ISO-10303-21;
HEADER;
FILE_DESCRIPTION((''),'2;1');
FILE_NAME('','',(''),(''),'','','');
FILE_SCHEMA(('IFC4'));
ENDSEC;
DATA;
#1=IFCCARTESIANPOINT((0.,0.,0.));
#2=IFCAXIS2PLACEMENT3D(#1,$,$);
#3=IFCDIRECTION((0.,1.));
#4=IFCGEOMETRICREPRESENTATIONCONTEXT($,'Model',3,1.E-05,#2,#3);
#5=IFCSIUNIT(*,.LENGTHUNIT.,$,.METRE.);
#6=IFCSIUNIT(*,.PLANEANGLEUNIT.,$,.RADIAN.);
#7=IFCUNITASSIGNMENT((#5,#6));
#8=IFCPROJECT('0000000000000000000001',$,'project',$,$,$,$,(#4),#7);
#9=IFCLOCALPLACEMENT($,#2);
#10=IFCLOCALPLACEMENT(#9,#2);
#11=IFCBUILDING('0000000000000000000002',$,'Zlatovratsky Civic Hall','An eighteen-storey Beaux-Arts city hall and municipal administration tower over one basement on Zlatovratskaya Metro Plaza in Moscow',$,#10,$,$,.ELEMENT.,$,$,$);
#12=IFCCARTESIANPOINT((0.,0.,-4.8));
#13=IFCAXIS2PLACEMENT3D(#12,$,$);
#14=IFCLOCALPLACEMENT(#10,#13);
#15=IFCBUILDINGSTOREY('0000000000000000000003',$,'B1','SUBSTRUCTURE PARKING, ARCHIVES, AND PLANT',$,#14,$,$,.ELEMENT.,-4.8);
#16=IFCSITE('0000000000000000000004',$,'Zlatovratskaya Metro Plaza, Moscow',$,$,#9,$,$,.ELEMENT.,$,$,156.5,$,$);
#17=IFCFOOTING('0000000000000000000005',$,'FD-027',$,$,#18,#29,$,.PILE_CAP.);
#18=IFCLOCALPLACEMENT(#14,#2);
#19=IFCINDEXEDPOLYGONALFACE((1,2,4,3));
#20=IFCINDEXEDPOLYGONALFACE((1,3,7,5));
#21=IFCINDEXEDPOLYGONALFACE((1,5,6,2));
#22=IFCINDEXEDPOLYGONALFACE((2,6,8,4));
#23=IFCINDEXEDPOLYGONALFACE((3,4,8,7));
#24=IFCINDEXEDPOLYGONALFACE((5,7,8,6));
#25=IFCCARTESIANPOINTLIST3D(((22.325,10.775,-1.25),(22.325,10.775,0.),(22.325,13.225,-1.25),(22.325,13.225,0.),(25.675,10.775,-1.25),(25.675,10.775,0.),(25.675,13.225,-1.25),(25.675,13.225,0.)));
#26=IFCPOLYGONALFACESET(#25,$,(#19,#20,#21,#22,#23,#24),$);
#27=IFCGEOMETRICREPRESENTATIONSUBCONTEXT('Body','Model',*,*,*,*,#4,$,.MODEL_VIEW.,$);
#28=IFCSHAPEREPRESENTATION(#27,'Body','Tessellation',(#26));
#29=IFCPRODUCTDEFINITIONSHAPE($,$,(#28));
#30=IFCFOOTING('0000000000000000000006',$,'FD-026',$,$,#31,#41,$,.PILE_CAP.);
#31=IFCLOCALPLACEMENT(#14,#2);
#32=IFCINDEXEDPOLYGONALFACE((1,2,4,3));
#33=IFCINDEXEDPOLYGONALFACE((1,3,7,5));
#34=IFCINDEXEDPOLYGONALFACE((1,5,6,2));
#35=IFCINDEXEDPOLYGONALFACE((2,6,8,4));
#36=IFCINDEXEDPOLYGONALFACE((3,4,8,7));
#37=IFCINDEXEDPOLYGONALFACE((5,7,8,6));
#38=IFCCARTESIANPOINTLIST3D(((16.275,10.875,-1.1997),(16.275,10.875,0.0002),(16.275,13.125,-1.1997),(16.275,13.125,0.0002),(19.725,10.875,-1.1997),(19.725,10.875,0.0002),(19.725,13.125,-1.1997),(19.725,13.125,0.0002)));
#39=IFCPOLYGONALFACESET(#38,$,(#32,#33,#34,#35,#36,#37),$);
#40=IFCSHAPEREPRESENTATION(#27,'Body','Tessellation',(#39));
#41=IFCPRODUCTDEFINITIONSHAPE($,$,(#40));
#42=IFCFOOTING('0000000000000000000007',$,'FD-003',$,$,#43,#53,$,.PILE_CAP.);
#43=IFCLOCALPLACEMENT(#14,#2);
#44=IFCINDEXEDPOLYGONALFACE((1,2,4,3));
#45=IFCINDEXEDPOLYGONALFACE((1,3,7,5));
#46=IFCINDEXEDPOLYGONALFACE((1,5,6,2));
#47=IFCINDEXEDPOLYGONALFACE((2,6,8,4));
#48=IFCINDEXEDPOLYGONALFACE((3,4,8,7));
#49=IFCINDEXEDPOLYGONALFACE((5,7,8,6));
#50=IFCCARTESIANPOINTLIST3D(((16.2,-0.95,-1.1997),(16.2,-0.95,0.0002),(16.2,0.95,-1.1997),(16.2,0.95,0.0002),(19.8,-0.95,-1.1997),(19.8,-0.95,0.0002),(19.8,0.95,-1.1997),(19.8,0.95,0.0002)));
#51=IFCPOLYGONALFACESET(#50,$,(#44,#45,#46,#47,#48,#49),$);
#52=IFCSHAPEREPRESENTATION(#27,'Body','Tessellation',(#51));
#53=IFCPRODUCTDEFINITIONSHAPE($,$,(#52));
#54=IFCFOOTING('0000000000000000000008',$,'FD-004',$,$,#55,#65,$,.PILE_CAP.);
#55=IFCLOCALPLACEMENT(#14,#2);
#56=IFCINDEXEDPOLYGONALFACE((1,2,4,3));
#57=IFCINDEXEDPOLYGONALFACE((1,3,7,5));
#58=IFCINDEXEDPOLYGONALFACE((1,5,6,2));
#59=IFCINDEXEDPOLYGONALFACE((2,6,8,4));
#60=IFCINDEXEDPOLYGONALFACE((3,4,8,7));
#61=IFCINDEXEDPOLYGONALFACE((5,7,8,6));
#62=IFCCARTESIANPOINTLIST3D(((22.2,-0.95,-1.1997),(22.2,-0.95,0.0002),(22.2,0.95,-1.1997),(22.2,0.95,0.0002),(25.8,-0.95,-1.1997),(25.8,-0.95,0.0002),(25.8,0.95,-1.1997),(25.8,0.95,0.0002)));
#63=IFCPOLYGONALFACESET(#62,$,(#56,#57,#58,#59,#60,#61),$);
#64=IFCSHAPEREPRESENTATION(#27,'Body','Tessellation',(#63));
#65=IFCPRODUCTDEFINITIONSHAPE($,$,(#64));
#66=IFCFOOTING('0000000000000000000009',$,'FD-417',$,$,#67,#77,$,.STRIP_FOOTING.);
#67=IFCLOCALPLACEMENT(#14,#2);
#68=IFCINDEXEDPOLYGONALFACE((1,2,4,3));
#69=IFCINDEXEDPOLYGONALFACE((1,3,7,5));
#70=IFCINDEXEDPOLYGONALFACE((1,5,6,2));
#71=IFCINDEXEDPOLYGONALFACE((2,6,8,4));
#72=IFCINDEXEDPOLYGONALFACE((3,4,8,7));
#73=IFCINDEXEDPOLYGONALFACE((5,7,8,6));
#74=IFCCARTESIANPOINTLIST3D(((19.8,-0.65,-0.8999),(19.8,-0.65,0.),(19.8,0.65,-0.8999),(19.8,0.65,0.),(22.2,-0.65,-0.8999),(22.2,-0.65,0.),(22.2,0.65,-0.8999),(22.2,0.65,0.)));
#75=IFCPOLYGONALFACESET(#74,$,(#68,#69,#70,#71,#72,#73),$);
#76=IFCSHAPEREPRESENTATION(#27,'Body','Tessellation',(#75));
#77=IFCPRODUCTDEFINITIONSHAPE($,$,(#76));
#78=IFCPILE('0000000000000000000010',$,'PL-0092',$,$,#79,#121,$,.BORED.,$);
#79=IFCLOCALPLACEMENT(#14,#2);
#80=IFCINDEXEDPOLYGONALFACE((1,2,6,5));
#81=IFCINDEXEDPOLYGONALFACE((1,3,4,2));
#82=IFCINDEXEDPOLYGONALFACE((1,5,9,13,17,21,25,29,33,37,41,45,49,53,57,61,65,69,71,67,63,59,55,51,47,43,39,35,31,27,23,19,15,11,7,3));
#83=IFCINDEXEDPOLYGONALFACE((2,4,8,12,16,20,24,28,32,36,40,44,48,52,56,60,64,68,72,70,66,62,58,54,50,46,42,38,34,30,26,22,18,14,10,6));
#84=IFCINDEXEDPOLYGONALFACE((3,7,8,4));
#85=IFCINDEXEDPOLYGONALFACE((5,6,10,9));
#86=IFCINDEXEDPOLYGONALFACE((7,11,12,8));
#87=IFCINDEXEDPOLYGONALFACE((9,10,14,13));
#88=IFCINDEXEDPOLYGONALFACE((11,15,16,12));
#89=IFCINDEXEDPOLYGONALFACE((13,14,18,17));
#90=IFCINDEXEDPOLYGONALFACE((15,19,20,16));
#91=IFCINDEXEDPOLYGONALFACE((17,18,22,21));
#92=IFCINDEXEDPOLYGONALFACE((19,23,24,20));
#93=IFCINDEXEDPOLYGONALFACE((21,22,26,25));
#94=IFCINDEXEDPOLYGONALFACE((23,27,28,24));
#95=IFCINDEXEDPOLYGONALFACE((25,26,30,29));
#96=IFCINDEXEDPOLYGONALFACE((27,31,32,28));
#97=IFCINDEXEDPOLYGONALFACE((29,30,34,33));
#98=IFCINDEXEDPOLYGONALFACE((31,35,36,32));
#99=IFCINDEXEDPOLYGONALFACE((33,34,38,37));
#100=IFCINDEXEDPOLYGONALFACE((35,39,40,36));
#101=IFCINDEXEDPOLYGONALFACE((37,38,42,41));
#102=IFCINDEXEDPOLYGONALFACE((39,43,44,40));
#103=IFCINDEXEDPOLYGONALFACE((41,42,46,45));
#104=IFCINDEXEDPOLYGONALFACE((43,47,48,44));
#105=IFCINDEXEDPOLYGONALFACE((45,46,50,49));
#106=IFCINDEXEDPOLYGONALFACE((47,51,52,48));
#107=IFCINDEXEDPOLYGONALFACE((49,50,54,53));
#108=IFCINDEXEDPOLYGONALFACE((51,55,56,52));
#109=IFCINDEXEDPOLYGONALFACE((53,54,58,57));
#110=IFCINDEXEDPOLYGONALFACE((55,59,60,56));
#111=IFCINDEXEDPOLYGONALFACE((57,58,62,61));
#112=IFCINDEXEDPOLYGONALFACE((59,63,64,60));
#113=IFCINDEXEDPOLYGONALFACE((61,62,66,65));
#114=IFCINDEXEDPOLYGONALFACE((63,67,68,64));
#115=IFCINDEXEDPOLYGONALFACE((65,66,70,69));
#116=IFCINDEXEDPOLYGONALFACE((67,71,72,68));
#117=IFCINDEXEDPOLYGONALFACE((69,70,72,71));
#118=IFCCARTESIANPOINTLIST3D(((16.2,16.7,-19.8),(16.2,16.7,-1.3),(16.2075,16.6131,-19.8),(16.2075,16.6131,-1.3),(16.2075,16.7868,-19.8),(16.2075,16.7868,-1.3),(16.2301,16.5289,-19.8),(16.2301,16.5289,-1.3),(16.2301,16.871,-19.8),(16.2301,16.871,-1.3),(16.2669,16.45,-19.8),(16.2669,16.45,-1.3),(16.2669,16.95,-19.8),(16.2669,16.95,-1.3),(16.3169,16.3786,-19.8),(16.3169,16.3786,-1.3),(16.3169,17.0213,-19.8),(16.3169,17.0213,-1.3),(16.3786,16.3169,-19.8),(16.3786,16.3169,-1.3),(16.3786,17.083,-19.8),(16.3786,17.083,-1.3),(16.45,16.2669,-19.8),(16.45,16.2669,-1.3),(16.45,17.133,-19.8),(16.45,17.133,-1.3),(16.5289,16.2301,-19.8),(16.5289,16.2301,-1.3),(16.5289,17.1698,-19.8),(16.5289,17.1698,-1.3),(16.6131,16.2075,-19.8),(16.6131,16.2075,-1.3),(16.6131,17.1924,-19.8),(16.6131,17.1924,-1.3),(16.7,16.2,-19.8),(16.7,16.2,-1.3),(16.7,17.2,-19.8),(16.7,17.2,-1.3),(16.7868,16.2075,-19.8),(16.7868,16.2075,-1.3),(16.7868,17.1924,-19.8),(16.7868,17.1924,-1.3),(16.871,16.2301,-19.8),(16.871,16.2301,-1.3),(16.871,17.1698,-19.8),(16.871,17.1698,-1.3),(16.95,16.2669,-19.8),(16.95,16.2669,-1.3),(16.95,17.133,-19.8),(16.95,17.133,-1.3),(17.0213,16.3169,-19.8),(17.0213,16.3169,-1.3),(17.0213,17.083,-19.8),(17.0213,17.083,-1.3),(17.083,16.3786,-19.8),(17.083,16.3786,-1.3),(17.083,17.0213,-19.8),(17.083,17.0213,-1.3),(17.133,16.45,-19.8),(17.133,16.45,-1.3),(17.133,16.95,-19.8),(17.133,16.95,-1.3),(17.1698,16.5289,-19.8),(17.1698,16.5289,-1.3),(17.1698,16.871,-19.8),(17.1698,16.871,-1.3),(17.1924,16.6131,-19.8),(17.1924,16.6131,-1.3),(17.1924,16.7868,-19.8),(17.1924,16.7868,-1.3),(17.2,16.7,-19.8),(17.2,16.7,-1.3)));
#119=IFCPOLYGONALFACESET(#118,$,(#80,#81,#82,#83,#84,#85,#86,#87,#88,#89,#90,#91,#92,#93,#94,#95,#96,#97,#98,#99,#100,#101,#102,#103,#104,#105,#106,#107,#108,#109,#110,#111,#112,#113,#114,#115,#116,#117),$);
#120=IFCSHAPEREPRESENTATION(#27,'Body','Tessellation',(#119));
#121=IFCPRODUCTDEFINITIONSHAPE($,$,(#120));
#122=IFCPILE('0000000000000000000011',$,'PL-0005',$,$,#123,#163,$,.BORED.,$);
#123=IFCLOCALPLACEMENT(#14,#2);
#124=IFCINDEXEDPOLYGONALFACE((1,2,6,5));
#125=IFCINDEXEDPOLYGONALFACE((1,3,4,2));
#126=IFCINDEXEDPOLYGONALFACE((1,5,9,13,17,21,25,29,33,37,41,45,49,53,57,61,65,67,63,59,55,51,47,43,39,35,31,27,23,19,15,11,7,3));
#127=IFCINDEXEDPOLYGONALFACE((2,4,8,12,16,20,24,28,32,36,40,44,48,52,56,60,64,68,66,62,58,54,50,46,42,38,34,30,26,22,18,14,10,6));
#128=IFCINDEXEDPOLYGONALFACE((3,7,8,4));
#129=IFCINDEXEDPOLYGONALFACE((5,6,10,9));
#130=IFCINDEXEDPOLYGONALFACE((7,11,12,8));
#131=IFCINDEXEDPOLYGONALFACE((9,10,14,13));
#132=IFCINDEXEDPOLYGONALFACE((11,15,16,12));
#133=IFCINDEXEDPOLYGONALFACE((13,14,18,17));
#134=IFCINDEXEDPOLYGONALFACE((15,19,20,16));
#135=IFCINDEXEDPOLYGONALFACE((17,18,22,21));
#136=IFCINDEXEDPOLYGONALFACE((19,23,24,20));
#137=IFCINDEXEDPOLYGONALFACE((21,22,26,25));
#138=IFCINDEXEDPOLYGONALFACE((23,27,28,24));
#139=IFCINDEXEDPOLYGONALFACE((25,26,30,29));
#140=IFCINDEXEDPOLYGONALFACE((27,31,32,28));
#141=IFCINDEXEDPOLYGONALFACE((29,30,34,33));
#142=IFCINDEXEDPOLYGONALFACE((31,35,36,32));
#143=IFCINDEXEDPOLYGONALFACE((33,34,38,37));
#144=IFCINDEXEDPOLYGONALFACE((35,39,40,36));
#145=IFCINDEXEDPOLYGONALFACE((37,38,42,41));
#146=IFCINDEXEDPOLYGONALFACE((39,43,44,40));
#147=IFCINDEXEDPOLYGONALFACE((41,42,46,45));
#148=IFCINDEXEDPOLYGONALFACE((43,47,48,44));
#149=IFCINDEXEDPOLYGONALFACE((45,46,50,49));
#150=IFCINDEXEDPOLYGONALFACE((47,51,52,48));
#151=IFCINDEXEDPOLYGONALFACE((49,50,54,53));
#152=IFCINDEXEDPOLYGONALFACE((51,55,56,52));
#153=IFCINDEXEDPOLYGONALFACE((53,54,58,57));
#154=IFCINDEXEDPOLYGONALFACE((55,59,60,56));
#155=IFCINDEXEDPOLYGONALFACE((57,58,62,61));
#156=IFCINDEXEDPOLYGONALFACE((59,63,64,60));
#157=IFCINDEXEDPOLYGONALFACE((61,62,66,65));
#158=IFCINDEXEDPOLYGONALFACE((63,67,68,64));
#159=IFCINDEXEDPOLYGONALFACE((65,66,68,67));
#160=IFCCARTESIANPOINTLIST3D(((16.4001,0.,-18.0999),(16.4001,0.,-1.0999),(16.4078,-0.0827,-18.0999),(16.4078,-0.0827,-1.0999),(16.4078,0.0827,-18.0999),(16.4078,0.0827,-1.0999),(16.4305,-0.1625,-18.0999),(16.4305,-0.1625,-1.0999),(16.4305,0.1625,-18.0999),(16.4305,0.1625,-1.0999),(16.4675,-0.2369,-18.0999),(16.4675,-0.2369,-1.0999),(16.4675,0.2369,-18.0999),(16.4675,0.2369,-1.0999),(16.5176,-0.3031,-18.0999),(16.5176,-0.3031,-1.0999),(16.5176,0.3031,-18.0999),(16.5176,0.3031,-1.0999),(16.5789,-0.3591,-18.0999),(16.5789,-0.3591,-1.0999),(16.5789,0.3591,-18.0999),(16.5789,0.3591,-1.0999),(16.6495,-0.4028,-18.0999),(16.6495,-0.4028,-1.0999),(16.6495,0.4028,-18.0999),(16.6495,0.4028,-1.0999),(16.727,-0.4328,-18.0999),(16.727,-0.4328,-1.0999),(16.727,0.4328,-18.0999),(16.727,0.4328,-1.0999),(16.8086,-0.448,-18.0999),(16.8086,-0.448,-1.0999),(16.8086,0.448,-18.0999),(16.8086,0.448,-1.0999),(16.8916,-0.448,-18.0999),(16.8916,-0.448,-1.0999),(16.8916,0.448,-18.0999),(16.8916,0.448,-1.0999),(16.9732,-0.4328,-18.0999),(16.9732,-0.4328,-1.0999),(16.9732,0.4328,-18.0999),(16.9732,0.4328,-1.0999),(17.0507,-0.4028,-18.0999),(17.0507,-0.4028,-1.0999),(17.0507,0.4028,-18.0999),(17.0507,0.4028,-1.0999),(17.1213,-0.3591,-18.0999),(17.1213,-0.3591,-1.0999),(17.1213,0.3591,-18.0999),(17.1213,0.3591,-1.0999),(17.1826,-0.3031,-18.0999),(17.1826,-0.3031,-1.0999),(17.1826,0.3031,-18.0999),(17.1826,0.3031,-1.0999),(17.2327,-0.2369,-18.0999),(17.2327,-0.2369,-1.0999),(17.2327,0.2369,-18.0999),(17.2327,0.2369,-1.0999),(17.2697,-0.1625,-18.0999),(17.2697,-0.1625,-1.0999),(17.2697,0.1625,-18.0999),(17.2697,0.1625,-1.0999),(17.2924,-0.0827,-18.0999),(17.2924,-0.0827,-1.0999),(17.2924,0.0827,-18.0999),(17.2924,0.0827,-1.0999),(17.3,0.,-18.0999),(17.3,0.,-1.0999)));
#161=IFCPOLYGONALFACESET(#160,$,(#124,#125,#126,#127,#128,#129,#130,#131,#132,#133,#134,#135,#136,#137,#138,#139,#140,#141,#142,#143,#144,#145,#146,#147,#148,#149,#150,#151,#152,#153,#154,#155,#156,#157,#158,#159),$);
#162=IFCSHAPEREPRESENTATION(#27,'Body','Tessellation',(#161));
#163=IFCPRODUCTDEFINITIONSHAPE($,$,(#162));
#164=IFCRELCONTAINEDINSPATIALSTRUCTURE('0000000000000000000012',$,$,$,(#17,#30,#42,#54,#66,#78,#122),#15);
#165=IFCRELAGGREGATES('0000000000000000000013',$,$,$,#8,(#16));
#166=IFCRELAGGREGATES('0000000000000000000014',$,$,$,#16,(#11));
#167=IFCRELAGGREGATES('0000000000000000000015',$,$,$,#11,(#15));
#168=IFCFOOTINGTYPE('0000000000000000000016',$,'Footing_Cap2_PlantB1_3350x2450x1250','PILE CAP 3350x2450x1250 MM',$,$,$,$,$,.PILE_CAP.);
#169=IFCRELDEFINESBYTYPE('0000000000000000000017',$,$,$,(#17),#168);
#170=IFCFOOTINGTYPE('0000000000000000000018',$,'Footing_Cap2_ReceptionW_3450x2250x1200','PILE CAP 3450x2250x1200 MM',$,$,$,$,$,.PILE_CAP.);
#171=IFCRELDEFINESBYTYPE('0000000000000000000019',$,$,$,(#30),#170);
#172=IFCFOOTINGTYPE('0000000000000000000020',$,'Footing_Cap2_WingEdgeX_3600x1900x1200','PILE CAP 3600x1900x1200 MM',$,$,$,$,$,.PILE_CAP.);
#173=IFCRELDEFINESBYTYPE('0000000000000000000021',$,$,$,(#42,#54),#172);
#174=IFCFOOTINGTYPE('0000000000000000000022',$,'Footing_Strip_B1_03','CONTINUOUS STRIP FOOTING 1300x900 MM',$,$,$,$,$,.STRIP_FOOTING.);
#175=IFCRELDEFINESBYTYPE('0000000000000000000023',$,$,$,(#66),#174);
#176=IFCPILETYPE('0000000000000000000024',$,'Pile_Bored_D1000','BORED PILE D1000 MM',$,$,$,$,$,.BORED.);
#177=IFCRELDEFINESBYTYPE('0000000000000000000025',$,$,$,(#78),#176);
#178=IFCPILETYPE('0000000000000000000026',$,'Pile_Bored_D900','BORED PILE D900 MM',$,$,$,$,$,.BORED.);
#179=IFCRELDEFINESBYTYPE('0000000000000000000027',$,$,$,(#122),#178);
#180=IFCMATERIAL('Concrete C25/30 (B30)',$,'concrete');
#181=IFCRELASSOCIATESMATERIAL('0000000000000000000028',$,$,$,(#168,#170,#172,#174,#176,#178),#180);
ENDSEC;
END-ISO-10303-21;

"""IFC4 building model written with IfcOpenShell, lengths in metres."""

from ifc_helpers import new_model, si_unit, direction, frame, origin, origin_2d, place, context, subcontext, project, spatial, rectangle, circle, extrude, material, material_profile, profile_set, type_object, element, save


model = new_model("IFC4")

# Units and contexts
model_context = context("Model", 3, precision=1e-05, world=origin(), true_north=direction((0.0, 1.0)))
body_context = subcontext(model_context, "Body", "Model", "MODEL_VIEW")
ifc_project = project(units=[si_unit("LENGTHUNIT", "METRE"), si_unit("PLANEANGLEUNIT", "RADIAN")], contexts=[model_context])

# Site, building, storey
site_placement = place(None, origin())
site = spatial("IfcSite", under=ifc_project, at=site_placement, Name="Zlatovratskaya Metro Plaza, Moscow", CompositionType="ELEMENT", RefElevation=156.5)
building_placement = place(site_placement, origin())
building = spatial("IfcBuilding", under=site, at=building_placement, Name="Zlatovratsky Civic Hall", Description="An eighteen-storey Beaux-Arts city hall and municipal administration tower over one basement on Zlatovratskaya Metro Plaza in Moscow", CompositionType="ELEMENT")
storey_placement = place(building_placement, frame((0.0, 0.0, -4.8)))
storey = spatial("IfcBuildingStorey", under=building, at=storey_placement, Name="B1", Description="SUBSTRUCTURE PARKING, ARCHIVES, AND PLANT", CompositionType="ELEMENT", Elevation=-4.8)

# Footings
ifc_material_1 = material(Name="Concrete C25/30 (B30)", Category="concrete")
footing_type_1 = type_object("IfcFootingType", Name="Footing_Cap2_PlantB1_3350x2450x1250", Description="PILE CAP 3350x2450x1250 MM", PredefinedType="PILE_CAP", material=ifc_material_1)
footing_1_placement = place(storey_placement, frame((24.0, 12.0, -1.25), z_axis=(0.0, 0.0, 1.0), x_axis=(1.0, 0.0, 0.0)))
element("IfcFooting", 1, at=footing_1_placement, inside=storey, type_object=footing_type_1, Name="FD-027", PredefinedType="PILE_CAP", context=body_context, shape_type="SweptSolid", body=[
    extrude(rectangle(XDim=3.3501, YDim=2.45, at=origin_2d()), origin(), (0.0, 0.0, 1.0), 1.25),
])
footing_type_2 = type_object("IfcFootingType", Name="Footing_Cap2_ReceptionW_3450x2250x1200", Description="PILE CAP 3450x2250x1200 MM", PredefinedType="PILE_CAP", material=ifc_material_1)
footing_2_placement = place(storey_placement, frame((18.0, 12.0, -1.1997), z_axis=(0.0, 0.0, 1.0), x_axis=(1.0, 0.0, 0.0)))
element("IfcFooting", 2, at=footing_2_placement, inside=storey, type_object=footing_type_2, Name="FD-026", PredefinedType="PILE_CAP", context=body_context, shape_type="SweptSolid", body=[
    extrude(rectangle(XDim=3.45, YDim=2.25, at=origin_2d()), origin(), (0.0, 0.0, 1.0), 1.2),
])
footing_type_3 = type_object("IfcFootingType", Name="Footing_Cap2_WingEdgeX_3600x1900x1200", Description="PILE CAP 3600x1900x1200 MM", PredefinedType="PILE_CAP", material=ifc_material_1)
for number, where, z_axis, x_axis, name in (
    (3, (18.0, 0.0, -1.1997), (0.0, 0.0, 1.0), (1.0, 0.0, 0.0), "FD-003"),
    (4, (24.0, 0.0, -1.1997), (0.0, 0.0, 1.0), (1.0, 0.0, 0.0), "FD-004"),
):
    element("IfcFooting", number, at=place(storey_placement, frame(where, z_axis=z_axis, x_axis=x_axis)), inside=storey, type_object=footing_type_3, Name=name, PredefinedType="PILE_CAP", context=body_context, shape_type="SweptSolid", body=[
        extrude(rectangle(XDim=3.6001, YDim=1.8999, at=origin_2d()), origin(), (0.0, 0.0, 1.0), 1.2),
    ])
footing_type_4 = type_object("IfcFootingType", Name="Footing_Strip_B1_03", Description="CONTINUOUS STRIP FOOTING 1300x900 MM", PredefinedType="STRIP_FOOTING", material=ifc_material_1)
footing_3_placement = place(storey_placement, frame((21.0, 0.0, -0.8999), z_axis=(0.0, 0.0, 1.0), x_axis=(1.0, 0.0, 0.0)))
element("IfcFooting", 5, at=footing_3_placement, inside=storey, type_object=footing_type_4, Name="FD-417", PredefinedType="STRIP_FOOTING", context=body_context, shape_type="SweptSolid", body=[
    extrude(rectangle(XDim=2.3999, YDim=1.3, at=origin_2d()), origin(), (0.0, 0.0, 1.0), 0.8999),
])

# Piles
ifc_material_profile_1 = material_profile(ifc_material_1, circle(Radius=0.5, at=origin_2d()), Name="PILE D1000")
ifc_profile_set_1 = profile_set([ifc_material_profile_1], Name="Concrete C25/30 (B30)")
pile_type_1 = type_object("IfcPileType", Name="Pile_Bored_D1000", Description="BORED PILE D1000 MM", PredefinedType="BORED", material=ifc_profile_set_1)
pile_placement = place(storey_placement, frame((16.7, 16.7, -1.3), z_axis=(0.0, 0.0, -1.0), x_axis=(1.0, 0.0, 0.0)))
element("IfcPile", 6, at=pile_placement, inside=storey, type_object=pile_type_1, Name="PL-0092", PredefinedType="BORED", context=body_context, shape_type="SweptSolid", body=[
    extrude(circle(Radius=0.5, at=origin_2d()), origin(), (0.0, 0.0, 1.0), 18.5),
])
ifc_material_profile_2 = material_profile(ifc_material_1, circle(Radius=0.45, at=origin_2d()), Name="PILE D900")
ifc_profile_set_2 = profile_set([ifc_material_profile_2], Name="Concrete C25/30 (B30)")
pile_type_2 = type_object("IfcPileType", Name="Pile_Bored_D900", Description="BORED PILE D900 MM", PredefinedType="BORED", material=ifc_profile_set_2)
for number, where, z_axis, x_axis, name in (
    (7, (16.8501, 0.0, -1.0999), (0.0, 0.0, -1.0), (1.0, 0.0, 0.0), "PL-0005"),
):
    element("IfcPile", number, at=place(storey_placement, frame(where, z_axis=z_axis, x_axis=x_axis)), inside=storey, type_object=pile_type_2, Name=name, PredefinedType="BORED", context=body_context, shape_type="SweptSolid", body=[
        extrude(circle(Radius=0.45, at=origin_2d()), origin(), (0.0, 0.0, 1.0), 17.0),
    ])

save(model, "model.ifc")
